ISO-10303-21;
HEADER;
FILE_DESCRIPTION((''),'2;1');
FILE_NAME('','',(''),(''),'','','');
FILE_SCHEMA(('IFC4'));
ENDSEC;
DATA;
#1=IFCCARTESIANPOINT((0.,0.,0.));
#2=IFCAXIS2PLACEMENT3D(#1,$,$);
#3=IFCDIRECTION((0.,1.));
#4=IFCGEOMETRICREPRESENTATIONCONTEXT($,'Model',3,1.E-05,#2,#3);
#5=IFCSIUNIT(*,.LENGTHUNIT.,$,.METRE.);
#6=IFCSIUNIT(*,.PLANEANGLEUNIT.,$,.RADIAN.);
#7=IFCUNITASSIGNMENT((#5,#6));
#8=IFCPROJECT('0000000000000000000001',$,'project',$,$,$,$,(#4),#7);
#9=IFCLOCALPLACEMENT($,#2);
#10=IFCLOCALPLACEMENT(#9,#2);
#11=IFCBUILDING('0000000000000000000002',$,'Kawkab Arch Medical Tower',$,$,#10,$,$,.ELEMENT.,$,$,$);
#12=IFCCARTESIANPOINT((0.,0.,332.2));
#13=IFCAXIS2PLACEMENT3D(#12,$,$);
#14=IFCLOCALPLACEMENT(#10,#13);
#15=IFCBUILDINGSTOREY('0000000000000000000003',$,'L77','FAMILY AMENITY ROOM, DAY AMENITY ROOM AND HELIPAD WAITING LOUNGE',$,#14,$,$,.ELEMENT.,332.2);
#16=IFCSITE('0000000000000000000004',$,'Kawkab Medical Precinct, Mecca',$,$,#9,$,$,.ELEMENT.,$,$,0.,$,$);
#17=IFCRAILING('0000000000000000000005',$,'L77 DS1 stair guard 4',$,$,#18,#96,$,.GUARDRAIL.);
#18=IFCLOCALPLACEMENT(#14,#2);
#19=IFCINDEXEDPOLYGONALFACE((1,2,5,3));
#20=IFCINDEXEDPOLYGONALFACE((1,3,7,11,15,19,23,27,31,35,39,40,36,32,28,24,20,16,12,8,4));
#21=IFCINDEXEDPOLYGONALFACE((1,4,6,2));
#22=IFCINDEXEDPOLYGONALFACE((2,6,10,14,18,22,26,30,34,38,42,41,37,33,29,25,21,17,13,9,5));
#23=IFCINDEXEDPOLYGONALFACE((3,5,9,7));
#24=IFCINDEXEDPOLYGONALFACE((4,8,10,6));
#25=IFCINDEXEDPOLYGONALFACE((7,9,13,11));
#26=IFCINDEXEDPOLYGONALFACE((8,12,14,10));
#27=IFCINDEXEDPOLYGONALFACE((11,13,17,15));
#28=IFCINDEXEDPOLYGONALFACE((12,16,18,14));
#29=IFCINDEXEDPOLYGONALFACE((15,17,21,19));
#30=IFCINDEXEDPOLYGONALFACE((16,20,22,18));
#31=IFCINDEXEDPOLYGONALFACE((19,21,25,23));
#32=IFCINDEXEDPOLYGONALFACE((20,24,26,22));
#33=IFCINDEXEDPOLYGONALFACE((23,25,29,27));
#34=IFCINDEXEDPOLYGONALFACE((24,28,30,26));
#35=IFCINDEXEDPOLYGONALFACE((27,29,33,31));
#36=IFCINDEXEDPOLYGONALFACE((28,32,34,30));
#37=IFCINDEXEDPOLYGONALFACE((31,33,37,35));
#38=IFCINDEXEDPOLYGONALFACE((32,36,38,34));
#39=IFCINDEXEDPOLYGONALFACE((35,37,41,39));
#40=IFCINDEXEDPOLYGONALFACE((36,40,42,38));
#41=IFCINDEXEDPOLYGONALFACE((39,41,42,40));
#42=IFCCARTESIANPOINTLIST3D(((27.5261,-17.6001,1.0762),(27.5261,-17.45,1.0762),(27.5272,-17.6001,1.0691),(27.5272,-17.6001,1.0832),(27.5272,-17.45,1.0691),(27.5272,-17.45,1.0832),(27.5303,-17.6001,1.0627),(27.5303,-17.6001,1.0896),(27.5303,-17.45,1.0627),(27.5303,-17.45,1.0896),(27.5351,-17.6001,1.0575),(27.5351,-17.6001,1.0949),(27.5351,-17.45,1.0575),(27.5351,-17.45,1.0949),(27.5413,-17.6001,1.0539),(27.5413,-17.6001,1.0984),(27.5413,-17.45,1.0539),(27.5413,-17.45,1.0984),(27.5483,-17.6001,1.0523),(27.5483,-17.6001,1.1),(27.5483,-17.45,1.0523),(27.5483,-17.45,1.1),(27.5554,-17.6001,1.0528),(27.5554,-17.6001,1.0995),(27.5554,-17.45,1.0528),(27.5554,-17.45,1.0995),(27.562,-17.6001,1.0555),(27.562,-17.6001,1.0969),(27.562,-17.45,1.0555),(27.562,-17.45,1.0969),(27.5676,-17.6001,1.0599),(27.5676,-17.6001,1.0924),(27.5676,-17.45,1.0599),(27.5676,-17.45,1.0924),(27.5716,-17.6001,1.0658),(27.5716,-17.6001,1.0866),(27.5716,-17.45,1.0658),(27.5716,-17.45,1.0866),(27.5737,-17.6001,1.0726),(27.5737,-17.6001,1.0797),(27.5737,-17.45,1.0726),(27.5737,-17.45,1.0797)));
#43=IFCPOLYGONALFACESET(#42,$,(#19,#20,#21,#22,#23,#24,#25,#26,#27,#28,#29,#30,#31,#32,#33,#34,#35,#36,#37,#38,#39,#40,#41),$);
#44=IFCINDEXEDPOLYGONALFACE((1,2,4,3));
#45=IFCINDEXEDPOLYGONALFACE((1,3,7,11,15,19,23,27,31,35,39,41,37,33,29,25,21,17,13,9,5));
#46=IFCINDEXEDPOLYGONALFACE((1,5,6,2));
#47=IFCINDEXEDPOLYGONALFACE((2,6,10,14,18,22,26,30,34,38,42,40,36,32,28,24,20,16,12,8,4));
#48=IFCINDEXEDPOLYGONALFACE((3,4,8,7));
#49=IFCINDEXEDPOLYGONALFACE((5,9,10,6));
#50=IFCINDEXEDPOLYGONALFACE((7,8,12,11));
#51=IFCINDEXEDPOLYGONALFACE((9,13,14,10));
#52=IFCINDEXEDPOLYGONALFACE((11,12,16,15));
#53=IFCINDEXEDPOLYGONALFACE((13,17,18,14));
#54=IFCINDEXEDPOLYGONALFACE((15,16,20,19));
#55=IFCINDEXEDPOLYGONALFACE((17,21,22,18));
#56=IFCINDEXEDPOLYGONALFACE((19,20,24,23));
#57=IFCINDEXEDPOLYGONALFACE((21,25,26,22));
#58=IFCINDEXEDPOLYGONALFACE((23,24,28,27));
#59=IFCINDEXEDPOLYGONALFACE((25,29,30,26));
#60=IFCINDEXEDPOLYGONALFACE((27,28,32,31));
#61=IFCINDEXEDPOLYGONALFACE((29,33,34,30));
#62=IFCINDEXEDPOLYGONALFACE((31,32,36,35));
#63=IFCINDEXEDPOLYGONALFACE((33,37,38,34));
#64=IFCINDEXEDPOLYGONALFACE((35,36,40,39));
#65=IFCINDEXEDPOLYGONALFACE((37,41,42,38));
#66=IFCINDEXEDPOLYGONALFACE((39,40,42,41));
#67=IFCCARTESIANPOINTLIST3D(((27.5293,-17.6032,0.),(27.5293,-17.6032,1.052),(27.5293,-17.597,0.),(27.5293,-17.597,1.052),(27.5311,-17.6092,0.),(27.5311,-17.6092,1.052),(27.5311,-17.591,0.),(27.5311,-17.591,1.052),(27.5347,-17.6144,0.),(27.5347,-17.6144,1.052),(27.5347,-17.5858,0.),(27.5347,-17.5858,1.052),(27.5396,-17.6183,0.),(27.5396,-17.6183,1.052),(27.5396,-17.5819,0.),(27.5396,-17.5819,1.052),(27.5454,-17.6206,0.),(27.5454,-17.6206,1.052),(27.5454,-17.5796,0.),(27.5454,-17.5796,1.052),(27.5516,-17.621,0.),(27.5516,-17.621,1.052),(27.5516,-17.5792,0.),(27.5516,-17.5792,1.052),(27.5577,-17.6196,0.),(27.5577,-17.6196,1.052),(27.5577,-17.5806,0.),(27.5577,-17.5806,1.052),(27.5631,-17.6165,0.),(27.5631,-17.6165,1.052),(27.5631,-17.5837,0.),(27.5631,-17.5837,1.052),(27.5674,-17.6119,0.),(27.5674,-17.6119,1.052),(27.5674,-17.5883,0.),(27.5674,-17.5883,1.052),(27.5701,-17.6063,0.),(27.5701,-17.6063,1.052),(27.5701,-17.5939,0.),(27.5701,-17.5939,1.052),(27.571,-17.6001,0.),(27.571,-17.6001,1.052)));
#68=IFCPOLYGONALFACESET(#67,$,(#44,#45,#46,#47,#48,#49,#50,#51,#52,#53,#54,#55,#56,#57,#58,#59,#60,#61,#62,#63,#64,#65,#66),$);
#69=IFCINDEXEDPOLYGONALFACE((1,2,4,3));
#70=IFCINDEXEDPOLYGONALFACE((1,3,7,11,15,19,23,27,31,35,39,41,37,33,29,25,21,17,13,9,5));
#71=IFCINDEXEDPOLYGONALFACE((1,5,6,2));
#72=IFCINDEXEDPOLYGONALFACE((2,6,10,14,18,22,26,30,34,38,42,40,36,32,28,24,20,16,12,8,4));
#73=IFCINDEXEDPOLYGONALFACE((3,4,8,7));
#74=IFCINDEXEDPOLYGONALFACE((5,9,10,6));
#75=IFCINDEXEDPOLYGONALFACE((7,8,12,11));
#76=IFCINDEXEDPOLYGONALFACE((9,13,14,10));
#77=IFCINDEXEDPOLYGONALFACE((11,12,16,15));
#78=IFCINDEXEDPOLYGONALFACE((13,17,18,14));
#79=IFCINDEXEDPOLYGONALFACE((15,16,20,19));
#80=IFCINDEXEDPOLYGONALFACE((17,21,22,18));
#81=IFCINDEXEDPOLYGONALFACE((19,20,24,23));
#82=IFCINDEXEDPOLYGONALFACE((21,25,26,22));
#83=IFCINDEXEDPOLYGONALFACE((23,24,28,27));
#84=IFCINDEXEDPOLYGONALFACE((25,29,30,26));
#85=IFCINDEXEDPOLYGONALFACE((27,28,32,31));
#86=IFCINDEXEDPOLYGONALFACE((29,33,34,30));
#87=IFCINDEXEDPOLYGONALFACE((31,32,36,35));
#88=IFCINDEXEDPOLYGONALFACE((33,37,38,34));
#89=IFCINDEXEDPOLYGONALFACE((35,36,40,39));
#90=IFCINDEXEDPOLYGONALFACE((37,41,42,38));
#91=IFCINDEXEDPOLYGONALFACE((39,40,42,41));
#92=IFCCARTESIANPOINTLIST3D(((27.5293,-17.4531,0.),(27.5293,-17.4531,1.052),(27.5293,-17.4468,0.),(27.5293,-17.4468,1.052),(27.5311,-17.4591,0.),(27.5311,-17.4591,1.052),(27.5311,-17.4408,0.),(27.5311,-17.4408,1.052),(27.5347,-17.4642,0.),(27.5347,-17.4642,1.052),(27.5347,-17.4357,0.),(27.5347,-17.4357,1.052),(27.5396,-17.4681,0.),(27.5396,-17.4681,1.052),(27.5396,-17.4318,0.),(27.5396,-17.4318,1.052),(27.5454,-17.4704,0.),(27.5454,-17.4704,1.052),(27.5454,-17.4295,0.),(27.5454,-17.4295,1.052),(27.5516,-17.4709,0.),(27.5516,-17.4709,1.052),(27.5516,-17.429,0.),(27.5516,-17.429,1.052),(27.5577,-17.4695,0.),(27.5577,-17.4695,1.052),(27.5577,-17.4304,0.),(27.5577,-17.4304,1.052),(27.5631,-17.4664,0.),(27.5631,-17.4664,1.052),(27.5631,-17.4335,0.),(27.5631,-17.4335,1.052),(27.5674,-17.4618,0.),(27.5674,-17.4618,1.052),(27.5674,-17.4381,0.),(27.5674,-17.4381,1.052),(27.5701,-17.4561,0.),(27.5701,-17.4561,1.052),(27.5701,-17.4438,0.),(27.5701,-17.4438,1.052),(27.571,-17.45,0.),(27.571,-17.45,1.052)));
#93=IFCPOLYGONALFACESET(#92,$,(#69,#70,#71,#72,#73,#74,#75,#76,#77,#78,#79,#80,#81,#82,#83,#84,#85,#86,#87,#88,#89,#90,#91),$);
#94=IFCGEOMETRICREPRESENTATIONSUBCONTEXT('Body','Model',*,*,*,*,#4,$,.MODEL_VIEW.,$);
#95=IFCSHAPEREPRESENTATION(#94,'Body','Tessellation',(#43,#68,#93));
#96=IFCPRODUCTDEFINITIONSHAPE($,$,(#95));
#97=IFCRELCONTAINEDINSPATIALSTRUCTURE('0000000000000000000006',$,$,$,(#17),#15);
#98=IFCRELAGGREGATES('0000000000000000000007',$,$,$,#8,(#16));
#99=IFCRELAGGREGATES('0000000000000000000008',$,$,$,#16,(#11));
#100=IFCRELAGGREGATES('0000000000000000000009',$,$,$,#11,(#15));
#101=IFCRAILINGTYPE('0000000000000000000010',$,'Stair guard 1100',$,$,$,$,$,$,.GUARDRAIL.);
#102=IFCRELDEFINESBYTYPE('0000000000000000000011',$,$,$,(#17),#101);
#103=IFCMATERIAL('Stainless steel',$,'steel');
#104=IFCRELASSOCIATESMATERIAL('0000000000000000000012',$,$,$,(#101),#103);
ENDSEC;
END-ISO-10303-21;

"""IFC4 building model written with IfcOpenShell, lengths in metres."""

from ifc_helpers import new_model, si_unit, direction, frame, origin, origin_2d, place, context, subcontext, project, spatial, circle, extrude, material, type_object, element, save


model = new_model("IFC4")

# Units and contexts
model_context = context("Model", 3, precision=1e-05, world=origin(), true_north=direction((0.0, 1.0)))
body_context = subcontext(model_context, "Body", "Model", "MODEL_VIEW")
ifc_project = project(units=[si_unit("LENGTHUNIT", "METRE"), si_unit("PLANEANGLEUNIT", "RADIAN")], contexts=[model_context])

# Site, building, storey
site_placement = place(None, origin())
site = spatial("IfcSite", under=ifc_project, at=site_placement, Name="Kawkab Medical Precinct, Mecca", CompositionType="ELEMENT", RefElevation=0.0)
building_placement = place(site_placement, origin())
building = spatial("IfcBuilding", under=site, at=building_placement, Name="Kawkab Arch Medical Tower", CompositionType="ELEMENT")
storey_placement = place(building_placement, frame((0.0, 0.0, 332.2)))
storey = spatial("IfcBuildingStorey", under=building, at=storey_placement, Name="L77", Description="FAMILY AMENITY ROOM, DAY AMENITY ROOM AND HELIPAD WAITING LOUNGE", CompositionType="ELEMENT", Elevation=332.2)

# Railing
ifc_material_1 = material(Name="Stainless steel", Category="steel")
railing_type = type_object("IfcRailingType", Name="Stair guard 1100", PredefinedType="GUARDRAIL", material=ifc_material_1)
railing_1_placement = place(storey_placement, frame((27.55, -17.6001, 0.0)))
element("IfcRailing", 1, at=railing_1_placement, inside=storey, type_object=railing_type, Name="L77 DS1 stair guard 4", PredefinedType="GUARDRAIL", context=body_context, shape_type="SweptSolid", body=[
    extrude(circle(Radius=0.0239, at=origin_2d()), frame((0.0, 0.0, 1.0762), z_axis=(0.0, 1.0, 0.0), x_axis=(-1.0, 0.0, 0.0)), (0.0, 0.0, 1.0), 0.1501),
    extrude(circle(Radius=0.021, at=origin_2d()), origin(), (0.0, 0.0, 1.0), 1.052),
    extrude(circle(Radius=0.021, at=origin_2d()), frame((0.0, 0.1501, 0.0)), (0.0, 0.0, 1.0), 1.052),
])

save(model, "model.ifc")
